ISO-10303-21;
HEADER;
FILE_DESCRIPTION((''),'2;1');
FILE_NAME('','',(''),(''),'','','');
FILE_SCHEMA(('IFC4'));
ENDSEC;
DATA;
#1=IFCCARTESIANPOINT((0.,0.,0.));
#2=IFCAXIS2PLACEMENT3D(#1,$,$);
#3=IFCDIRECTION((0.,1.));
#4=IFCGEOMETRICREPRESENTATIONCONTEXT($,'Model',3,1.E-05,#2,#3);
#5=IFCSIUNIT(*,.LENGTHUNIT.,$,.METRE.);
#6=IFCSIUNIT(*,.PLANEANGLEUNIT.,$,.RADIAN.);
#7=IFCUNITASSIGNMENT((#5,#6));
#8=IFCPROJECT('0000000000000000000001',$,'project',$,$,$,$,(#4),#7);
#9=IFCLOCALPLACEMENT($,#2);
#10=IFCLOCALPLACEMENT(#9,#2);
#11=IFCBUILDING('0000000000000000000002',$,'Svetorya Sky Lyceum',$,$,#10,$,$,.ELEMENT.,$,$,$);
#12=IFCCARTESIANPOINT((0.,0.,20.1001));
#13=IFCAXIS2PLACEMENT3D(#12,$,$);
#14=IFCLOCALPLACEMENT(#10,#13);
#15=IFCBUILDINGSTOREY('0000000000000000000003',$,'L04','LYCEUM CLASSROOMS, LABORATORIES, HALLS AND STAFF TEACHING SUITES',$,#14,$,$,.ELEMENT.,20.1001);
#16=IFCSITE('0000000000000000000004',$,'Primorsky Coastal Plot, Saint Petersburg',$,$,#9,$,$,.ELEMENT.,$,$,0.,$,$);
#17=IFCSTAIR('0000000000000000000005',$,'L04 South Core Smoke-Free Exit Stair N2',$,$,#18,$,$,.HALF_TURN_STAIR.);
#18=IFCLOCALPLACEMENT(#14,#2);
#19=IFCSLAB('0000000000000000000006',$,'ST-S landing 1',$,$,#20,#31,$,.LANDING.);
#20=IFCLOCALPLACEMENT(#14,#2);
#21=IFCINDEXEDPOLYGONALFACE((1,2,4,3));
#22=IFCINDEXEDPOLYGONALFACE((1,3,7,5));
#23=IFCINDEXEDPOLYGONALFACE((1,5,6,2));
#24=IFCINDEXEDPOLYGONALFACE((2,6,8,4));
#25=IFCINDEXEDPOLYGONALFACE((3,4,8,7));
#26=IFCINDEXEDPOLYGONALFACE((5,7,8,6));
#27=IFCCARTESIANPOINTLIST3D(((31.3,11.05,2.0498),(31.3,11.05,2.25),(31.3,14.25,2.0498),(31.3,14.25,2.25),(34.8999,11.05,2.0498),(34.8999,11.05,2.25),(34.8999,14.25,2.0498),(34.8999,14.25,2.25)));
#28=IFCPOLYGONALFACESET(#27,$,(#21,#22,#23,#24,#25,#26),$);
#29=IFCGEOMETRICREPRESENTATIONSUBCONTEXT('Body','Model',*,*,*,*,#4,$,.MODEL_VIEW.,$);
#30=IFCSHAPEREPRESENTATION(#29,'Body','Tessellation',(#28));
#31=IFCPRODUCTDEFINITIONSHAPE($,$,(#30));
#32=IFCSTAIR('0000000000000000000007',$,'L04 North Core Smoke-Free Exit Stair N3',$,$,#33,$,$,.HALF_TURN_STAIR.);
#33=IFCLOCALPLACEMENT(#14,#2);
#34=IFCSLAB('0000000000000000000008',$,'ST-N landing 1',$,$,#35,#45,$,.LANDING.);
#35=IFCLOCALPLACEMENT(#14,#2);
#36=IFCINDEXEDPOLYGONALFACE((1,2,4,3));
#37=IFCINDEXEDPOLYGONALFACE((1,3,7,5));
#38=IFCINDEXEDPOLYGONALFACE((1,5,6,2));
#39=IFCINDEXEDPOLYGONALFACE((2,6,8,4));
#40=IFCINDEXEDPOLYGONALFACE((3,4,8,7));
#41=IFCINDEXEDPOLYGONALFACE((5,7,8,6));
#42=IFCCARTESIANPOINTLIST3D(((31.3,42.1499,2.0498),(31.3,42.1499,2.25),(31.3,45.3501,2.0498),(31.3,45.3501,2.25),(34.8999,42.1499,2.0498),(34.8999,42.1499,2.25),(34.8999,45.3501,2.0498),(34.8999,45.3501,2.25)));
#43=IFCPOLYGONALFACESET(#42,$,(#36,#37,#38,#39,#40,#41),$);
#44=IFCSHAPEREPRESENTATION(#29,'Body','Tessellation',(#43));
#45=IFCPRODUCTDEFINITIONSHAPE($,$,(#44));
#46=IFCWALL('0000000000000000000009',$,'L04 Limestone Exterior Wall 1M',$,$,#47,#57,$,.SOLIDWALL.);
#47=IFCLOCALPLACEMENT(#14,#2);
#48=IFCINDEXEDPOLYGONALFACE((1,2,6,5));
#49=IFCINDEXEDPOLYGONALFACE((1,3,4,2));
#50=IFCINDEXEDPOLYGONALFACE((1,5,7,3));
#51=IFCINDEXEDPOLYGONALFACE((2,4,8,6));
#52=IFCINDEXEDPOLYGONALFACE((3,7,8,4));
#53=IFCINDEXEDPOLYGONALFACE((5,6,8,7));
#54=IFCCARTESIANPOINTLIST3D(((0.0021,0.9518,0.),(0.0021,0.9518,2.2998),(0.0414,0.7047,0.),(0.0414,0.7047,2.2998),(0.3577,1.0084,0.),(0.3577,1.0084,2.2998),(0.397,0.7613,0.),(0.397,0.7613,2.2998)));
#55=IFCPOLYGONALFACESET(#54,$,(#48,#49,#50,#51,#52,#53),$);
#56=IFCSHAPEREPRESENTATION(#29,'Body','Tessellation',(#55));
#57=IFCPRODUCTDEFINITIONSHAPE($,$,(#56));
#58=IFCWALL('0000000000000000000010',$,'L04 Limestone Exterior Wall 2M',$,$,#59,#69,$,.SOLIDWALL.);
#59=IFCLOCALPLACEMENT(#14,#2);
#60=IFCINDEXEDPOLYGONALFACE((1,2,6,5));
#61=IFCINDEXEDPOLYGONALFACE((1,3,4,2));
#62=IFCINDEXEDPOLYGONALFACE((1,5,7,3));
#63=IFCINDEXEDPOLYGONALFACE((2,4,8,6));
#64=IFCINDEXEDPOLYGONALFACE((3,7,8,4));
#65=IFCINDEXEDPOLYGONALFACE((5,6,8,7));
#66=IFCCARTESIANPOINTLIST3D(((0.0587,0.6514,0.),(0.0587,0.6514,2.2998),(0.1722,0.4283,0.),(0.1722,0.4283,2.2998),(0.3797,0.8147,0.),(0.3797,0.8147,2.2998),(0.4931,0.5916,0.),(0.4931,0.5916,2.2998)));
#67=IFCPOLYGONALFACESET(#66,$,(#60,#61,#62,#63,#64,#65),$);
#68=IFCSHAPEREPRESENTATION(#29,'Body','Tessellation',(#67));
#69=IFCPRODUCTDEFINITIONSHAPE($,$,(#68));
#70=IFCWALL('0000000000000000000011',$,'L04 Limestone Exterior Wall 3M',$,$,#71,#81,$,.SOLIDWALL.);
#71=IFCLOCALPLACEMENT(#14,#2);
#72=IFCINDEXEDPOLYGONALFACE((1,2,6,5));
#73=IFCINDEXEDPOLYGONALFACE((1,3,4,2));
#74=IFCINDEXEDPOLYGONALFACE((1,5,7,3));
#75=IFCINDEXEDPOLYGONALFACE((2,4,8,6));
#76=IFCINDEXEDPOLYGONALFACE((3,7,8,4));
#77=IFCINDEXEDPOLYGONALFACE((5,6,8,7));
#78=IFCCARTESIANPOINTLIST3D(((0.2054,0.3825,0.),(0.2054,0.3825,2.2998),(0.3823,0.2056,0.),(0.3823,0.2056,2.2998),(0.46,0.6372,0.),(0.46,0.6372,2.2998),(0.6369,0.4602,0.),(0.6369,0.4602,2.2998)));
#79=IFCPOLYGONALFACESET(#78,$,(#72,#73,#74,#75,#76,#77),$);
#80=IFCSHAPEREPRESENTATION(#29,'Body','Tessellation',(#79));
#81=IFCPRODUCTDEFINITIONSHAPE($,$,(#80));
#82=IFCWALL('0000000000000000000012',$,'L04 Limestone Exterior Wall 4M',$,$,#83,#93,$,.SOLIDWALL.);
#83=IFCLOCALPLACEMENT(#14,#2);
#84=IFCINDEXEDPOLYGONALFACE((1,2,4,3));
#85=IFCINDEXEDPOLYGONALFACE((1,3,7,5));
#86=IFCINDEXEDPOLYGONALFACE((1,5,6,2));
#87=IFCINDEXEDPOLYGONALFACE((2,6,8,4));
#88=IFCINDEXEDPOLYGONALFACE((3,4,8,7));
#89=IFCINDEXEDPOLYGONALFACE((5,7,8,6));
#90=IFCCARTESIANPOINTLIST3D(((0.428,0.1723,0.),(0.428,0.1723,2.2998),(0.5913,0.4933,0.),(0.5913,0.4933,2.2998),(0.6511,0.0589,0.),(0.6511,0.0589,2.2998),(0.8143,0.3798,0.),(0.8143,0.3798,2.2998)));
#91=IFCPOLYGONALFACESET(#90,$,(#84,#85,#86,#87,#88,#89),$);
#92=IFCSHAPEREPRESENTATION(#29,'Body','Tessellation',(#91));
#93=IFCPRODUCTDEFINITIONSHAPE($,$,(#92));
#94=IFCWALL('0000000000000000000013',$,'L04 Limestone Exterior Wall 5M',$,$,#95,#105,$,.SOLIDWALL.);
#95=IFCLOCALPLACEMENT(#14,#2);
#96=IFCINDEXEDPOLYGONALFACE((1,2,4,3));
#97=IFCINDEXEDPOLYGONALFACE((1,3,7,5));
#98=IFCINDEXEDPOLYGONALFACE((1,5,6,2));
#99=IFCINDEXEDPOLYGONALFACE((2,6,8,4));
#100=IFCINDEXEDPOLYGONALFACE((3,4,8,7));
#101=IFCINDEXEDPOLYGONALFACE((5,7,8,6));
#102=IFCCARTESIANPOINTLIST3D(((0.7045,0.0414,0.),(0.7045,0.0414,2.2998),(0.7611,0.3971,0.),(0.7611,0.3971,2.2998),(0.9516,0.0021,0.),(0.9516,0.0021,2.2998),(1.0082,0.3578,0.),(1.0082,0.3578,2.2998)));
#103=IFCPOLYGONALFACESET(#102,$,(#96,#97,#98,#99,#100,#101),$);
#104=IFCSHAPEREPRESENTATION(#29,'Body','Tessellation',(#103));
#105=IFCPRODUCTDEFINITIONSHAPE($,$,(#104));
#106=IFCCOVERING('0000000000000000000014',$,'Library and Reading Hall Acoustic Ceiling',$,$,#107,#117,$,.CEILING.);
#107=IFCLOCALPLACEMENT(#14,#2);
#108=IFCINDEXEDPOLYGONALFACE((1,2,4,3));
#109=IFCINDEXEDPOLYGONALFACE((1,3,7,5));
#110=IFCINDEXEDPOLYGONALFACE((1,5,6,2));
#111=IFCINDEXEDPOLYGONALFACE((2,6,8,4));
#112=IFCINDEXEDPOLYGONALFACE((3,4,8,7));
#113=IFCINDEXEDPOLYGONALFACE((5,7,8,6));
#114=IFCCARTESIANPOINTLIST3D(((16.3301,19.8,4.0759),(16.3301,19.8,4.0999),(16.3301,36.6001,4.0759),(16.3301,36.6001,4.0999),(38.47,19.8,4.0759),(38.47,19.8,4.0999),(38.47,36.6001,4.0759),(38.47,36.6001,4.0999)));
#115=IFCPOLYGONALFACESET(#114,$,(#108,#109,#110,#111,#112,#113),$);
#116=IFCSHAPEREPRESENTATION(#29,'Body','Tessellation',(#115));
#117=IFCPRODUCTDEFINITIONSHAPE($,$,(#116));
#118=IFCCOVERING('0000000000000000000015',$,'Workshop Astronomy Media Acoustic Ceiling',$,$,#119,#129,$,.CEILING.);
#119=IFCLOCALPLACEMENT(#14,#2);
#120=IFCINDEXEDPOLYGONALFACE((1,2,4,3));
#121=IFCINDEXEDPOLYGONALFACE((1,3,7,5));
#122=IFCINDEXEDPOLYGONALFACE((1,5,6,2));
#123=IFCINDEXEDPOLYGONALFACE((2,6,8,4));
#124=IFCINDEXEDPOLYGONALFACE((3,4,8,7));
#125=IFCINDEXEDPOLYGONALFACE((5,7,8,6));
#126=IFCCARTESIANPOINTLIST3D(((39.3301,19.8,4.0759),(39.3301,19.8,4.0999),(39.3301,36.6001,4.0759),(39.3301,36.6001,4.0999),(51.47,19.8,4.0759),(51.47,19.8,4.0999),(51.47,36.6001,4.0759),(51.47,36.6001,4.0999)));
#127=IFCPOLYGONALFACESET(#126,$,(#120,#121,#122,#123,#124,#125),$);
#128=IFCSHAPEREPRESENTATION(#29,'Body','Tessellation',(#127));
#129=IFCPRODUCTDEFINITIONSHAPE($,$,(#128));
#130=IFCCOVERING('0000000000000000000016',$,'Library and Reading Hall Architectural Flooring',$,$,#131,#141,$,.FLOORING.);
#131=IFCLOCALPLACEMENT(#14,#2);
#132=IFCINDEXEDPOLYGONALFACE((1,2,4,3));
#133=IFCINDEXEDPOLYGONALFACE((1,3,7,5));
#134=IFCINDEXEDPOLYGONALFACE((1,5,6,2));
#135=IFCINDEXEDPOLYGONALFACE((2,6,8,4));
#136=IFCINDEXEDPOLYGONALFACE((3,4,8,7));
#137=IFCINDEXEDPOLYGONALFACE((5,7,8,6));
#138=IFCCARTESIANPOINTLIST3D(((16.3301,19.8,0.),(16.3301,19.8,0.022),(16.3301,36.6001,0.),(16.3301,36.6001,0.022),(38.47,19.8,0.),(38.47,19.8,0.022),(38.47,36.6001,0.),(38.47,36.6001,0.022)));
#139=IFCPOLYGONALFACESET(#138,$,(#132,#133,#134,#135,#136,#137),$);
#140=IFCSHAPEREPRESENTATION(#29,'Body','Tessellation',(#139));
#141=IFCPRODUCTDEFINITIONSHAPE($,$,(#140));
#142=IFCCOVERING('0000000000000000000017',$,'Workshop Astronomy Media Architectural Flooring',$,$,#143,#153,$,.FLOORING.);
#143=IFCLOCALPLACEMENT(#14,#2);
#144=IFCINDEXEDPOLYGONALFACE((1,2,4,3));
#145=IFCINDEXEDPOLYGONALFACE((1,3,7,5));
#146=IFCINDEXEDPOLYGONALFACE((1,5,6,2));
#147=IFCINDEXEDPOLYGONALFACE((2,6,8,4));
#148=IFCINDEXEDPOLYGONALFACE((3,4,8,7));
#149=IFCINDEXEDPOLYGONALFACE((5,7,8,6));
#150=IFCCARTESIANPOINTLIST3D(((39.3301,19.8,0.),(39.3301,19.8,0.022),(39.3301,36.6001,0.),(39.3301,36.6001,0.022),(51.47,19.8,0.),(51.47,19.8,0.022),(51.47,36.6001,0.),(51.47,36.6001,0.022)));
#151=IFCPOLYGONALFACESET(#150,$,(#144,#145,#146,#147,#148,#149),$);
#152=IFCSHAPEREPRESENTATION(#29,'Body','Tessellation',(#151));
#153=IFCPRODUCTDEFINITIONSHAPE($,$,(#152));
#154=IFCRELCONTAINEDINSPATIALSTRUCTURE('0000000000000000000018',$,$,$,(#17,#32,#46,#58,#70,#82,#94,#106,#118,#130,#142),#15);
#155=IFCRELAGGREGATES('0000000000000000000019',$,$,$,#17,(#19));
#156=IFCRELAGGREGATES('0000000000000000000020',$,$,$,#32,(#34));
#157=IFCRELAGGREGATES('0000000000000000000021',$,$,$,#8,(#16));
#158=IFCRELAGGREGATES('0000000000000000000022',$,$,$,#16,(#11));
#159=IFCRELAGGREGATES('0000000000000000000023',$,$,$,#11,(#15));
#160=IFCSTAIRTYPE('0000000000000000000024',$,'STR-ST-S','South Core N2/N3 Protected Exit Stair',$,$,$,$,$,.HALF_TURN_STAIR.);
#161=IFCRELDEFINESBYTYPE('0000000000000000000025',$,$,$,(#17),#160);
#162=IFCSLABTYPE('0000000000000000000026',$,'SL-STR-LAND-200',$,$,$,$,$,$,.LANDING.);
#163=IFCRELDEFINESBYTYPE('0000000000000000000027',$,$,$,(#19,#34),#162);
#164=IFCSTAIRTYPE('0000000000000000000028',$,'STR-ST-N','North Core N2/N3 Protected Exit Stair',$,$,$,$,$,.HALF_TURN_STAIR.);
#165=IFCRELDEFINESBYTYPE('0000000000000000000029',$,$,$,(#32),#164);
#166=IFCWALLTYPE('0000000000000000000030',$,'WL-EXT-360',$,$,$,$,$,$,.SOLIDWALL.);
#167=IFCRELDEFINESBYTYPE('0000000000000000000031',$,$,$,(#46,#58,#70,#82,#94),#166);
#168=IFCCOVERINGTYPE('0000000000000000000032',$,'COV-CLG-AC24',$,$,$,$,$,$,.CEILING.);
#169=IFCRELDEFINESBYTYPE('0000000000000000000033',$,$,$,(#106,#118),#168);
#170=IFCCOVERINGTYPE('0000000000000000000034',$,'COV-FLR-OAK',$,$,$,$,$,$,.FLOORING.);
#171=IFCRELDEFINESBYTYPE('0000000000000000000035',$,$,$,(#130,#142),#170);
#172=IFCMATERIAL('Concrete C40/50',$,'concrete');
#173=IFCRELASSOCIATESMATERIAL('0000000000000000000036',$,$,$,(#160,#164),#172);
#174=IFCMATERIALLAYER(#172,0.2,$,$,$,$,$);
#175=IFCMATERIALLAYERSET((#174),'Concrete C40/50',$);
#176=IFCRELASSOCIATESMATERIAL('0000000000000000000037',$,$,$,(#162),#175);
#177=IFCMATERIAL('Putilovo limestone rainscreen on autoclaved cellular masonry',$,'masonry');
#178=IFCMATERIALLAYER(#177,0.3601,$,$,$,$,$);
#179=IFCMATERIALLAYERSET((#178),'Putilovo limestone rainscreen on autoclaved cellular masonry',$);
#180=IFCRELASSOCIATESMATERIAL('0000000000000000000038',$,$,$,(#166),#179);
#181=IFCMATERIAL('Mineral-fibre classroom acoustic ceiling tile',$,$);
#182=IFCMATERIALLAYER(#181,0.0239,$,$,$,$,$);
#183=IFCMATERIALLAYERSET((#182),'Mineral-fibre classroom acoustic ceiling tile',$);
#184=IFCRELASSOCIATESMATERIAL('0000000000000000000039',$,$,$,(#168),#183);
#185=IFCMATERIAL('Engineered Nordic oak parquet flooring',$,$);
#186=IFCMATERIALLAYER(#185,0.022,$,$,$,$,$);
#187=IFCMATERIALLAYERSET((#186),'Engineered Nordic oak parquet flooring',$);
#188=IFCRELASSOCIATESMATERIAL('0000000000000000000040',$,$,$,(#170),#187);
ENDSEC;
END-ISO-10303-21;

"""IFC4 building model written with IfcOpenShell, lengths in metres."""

from ifc_helpers import new_model, si_unit, direction, frame, frame_2d, origin, place, context, subcontext, project, spatial, polyline, rectangle, outline, extrude, material, layer, layer_set, type_object, element, aggregate, save


model = new_model("IFC4")

# Units and contexts
model_context = context("Model", 3, precision=1e-05, world=origin(), true_north=direction((0.0, 1.0)))
body_context = subcontext(model_context, "Body", "Model", "MODEL_VIEW")
ifc_project = project(units=[si_unit("LENGTHUNIT", "METRE"), si_unit("PLANEANGLEUNIT", "RADIAN")], contexts=[model_context])

# Site, building, storey
site_placement = place(None, origin())
site = spatial("IfcSite", under=ifc_project, at=site_placement, Name="Primorsky Coastal Plot, Saint Petersburg", CompositionType="ELEMENT", RefElevation=0.0)
building_placement = place(site_placement, origin())
building = spatial("IfcBuilding", under=site, at=building_placement, Name="Svetorya Sky Lyceum", CompositionType="ELEMENT")
storey_placement = place(building_placement, frame((0.0, 0.0, 20.1001)))
storey = spatial("IfcBuildingStorey", under=building, at=storey_placement, Name="L04", Description="LYCEUM CLASSROOMS, LABORATORIES, HALLS AND STAFF TEACHING SUITES", CompositionType="ELEMENT", Elevation=20.1001)

# Shared definitions
ifc_material_1 = material(Name="Concrete C40/50", Category="concrete")

# Stairs, slabs
stair_type_1 = type_object("IfcStairType", Name="STR-ST-S", Description="South Core N2/N3 Protected Exit Stair", PredefinedType="HALF_TURN_STAIR", material=ifc_material_1)
stair_1_placement = place(storey_placement, origin())
stair_1 = element("IfcStair", 1, at=stair_1_placement, inside=storey, type_object=stair_type_1, Name="L04 South Core Smoke-Free Exit Stair N2", PredefinedType="HALF_TURN_STAIR")
ifc_layer_1 = layer(ifc_material_1, 0.2)
ifc_layer_set_1 = layer_set([ifc_layer_1], Name="Concrete C40/50")
slab_type_1 = type_object("IfcSlabType", Name="SL-STR-LAND-200", PredefinedType="LANDING", material=ifc_layer_set_1)
slab_1_placement = place(storey_placement, frame((0.0, 0.0, 2.0498)))
slab_1 = element("IfcSlab", 2, at=slab_1_placement, type_object=slab_type_1, Name="ST-S landing 1", PredefinedType="LANDING", context=body_context, shape_type="SweptSolid", body=[
    extrude(outline(polyline([(31.3, 11.05), (34.8999, 11.05), (34.8999, 14.25), (31.3, 14.25), (31.3, 11.05)])), origin(), (0.0, 0.0, 1.0), 0.2002),
])
aggregate(stair_1, [slab_1])
stair_type_2 = type_object("IfcStairType", Name="STR-ST-N", Description="North Core N2/N3 Protected Exit Stair", PredefinedType="HALF_TURN_STAIR", material=ifc_material_1)
stair_2_placement = place(storey_placement, origin())
stair_2 = element("IfcStair", 3, at=stair_2_placement, inside=storey, type_object=stair_type_2, Name="L04 North Core Smoke-Free Exit Stair N3", PredefinedType="HALF_TURN_STAIR")
slab_2_placement = place(storey_placement, frame((0.0, 0.0, 2.0498)))
slab_2 = element("IfcSlab", 4, at=slab_2_placement, type_object=slab_type_1, Name="ST-N landing 1", PredefinedType="LANDING", context=body_context, shape_type="SweptSolid", body=[
    extrude(outline(polyline([(31.3, 42.1499), (34.8999, 42.1499), (34.8999, 45.3501), (31.3, 45.3501), (31.3, 42.1499)])), origin(), (0.0, 0.0, 1.0), 0.2002),
])
aggregate(stair_2, [slab_2])

# Walls
ifc_material_2 = material(Name="Putilovo limestone rainscreen on autoclaved cellular masonry", Category="masonry")
ifc_layer_2 = layer(ifc_material_2, 0.3601)
ifc_layer_set_2 = layer_set([ifc_layer_2], Name="Putilovo limestone rainscreen on autoclaved cellular masonry")
wall_type = type_object("IfcWallType", Name="WL-EXT-360", PredefinedType="SOLIDWALL", material=ifc_layer_set_2)
for number, where, z_axis, x_axis, name in (
    (5, (0.1799, 0.98, 0.0), (0.0, 0.0, 1.0), (0.157115, -0.98758, 0.0), "L04 Limestone Exterior Wall 1M"),
    (6, (0.2192, 0.7329, 0.0), (0.0, 0.0, 1.0), (0.453444, -0.891285, 0.0), "L04 Limestone Exterior Wall 2M"),
    (7, (0.3328, 0.5098, 0.0), (0.0, 0.0, 1.0), (0.707107, -0.707107, 0.0), "L04 Limestone Exterior Wall 3M"),
    (8, (0.5098, 0.3328, 0.0), (0.0, 0.0, 1.0), (0.891285, -0.453444, 0.0), "L04 Limestone Exterior Wall 4M"),
    (9, (0.7329, 0.2192, 0.0), (0.0, 0.0, 1.0), (0.98758, -0.157115, 0.0), "L04 Limestone Exterior Wall 5M"),
):
    element("IfcWall", number, at=place(storey_placement, frame(where, z_axis=z_axis, x_axis=x_axis)), inside=storey, type_object=wall_type, Name=name, PredefinedType="SOLIDWALL", context=body_context, shape_type="SweptSolid", body=[
        extrude(rectangle(XDim=0.2502, YDim=0.3601, at=frame_2d((0.125, 0.0))), origin(), (0.0, 0.0, 1.0), 2.2998),
    ])

# Coverings
ifc_material_3 = material(Name="Mineral-fibre classroom acoustic ceiling tile")
ifc_layer_3 = layer(ifc_material_3, 0.0239)
ifc_layer_set_3 = layer_set([ifc_layer_3], Name="Mineral-fibre classroom acoustic ceiling tile")
covering_type_1 = type_object("IfcCoveringType", Name="COV-CLG-AC24", PredefinedType="CEILING", material=ifc_layer_set_3)
covering_1_placement = place(storey_placement, frame((0.0, 0.0, 4.0759)))
element("IfcCovering", 10, at=covering_1_placement, inside=storey, type_object=covering_type_1, Name="Library and Reading Hall Acoustic Ceiling", PredefinedType="CEILING", context=body_context, shape_type="SweptSolid", body=[
    extrude(outline(polyline([(16.3301, 19.8), (38.47, 19.8), (38.47, 36.6001), (16.3301, 36.6001), (16.3301, 19.8)])), origin(), (0.0, 0.0, 1.0), 0.0239),
])
covering_2_placement = place(storey_placement, frame((0.0, 0.0, 4.0759)))
element("IfcCovering", 11, at=covering_2_placement, inside=storey, type_object=covering_type_1, Name="Workshop Astronomy Media Acoustic Ceiling", PredefinedType="CEILING", context=body_context, shape_type="SweptSolid", body=[
    extrude(outline(polyline([(39.3301, 19.8), (51.47, 19.8), (51.47, 36.6001), (39.3301, 36.6001), (39.3301, 19.8)])), origin(), (0.0, 0.0, 1.0), 0.0239),
])
ifc_material_4 = material(Name="Engineered Nordic oak parquet flooring")
ifc_layer_4 = layer(ifc_material_4, 0.022)
ifc_layer_set_4 = layer_set([ifc_layer_4], Name="Engineered Nordic oak parquet flooring")
covering_type_2 = type_object("IfcCoveringType", Name="COV-FLR-OAK", PredefinedType="FLOORING", material=ifc_layer_set_4)
covering_3_placement = place(storey_placement, origin())
element("IfcCovering", 12, at=covering_3_placement, inside=storey, type_object=covering_type_2, Name="Library and Reading Hall Architectural Flooring", PredefinedType="FLOORING", context=body_context, shape_type="SweptSolid", body=[
    extrude(outline(polyline([(16.3301, 19.8), (38.47, 19.8), (38.47, 36.6001), (16.3301, 36.6001), (16.3301, 19.8)])), origin(), (0.0, 0.0, 1.0), 0.022),
])
covering_4_placement = place(storey_placement, origin())
element("IfcCovering", 13, at=covering_4_placement, inside=storey, type_object=covering_type_2, Name="Workshop Astronomy Media Architectural Flooring", PredefinedType="FLOORING", context=body_context, shape_type="SweptSolid", body=[
    extrude(outline(polyline([(39.3301, 19.8), (51.47, 19.8), (51.47, 36.6001), (39.3301, 36.6001), (39.3301, 19.8)])), origin(), (0.0, 0.0, 1.0), 0.022),
])

save(model, "model.ifc")
